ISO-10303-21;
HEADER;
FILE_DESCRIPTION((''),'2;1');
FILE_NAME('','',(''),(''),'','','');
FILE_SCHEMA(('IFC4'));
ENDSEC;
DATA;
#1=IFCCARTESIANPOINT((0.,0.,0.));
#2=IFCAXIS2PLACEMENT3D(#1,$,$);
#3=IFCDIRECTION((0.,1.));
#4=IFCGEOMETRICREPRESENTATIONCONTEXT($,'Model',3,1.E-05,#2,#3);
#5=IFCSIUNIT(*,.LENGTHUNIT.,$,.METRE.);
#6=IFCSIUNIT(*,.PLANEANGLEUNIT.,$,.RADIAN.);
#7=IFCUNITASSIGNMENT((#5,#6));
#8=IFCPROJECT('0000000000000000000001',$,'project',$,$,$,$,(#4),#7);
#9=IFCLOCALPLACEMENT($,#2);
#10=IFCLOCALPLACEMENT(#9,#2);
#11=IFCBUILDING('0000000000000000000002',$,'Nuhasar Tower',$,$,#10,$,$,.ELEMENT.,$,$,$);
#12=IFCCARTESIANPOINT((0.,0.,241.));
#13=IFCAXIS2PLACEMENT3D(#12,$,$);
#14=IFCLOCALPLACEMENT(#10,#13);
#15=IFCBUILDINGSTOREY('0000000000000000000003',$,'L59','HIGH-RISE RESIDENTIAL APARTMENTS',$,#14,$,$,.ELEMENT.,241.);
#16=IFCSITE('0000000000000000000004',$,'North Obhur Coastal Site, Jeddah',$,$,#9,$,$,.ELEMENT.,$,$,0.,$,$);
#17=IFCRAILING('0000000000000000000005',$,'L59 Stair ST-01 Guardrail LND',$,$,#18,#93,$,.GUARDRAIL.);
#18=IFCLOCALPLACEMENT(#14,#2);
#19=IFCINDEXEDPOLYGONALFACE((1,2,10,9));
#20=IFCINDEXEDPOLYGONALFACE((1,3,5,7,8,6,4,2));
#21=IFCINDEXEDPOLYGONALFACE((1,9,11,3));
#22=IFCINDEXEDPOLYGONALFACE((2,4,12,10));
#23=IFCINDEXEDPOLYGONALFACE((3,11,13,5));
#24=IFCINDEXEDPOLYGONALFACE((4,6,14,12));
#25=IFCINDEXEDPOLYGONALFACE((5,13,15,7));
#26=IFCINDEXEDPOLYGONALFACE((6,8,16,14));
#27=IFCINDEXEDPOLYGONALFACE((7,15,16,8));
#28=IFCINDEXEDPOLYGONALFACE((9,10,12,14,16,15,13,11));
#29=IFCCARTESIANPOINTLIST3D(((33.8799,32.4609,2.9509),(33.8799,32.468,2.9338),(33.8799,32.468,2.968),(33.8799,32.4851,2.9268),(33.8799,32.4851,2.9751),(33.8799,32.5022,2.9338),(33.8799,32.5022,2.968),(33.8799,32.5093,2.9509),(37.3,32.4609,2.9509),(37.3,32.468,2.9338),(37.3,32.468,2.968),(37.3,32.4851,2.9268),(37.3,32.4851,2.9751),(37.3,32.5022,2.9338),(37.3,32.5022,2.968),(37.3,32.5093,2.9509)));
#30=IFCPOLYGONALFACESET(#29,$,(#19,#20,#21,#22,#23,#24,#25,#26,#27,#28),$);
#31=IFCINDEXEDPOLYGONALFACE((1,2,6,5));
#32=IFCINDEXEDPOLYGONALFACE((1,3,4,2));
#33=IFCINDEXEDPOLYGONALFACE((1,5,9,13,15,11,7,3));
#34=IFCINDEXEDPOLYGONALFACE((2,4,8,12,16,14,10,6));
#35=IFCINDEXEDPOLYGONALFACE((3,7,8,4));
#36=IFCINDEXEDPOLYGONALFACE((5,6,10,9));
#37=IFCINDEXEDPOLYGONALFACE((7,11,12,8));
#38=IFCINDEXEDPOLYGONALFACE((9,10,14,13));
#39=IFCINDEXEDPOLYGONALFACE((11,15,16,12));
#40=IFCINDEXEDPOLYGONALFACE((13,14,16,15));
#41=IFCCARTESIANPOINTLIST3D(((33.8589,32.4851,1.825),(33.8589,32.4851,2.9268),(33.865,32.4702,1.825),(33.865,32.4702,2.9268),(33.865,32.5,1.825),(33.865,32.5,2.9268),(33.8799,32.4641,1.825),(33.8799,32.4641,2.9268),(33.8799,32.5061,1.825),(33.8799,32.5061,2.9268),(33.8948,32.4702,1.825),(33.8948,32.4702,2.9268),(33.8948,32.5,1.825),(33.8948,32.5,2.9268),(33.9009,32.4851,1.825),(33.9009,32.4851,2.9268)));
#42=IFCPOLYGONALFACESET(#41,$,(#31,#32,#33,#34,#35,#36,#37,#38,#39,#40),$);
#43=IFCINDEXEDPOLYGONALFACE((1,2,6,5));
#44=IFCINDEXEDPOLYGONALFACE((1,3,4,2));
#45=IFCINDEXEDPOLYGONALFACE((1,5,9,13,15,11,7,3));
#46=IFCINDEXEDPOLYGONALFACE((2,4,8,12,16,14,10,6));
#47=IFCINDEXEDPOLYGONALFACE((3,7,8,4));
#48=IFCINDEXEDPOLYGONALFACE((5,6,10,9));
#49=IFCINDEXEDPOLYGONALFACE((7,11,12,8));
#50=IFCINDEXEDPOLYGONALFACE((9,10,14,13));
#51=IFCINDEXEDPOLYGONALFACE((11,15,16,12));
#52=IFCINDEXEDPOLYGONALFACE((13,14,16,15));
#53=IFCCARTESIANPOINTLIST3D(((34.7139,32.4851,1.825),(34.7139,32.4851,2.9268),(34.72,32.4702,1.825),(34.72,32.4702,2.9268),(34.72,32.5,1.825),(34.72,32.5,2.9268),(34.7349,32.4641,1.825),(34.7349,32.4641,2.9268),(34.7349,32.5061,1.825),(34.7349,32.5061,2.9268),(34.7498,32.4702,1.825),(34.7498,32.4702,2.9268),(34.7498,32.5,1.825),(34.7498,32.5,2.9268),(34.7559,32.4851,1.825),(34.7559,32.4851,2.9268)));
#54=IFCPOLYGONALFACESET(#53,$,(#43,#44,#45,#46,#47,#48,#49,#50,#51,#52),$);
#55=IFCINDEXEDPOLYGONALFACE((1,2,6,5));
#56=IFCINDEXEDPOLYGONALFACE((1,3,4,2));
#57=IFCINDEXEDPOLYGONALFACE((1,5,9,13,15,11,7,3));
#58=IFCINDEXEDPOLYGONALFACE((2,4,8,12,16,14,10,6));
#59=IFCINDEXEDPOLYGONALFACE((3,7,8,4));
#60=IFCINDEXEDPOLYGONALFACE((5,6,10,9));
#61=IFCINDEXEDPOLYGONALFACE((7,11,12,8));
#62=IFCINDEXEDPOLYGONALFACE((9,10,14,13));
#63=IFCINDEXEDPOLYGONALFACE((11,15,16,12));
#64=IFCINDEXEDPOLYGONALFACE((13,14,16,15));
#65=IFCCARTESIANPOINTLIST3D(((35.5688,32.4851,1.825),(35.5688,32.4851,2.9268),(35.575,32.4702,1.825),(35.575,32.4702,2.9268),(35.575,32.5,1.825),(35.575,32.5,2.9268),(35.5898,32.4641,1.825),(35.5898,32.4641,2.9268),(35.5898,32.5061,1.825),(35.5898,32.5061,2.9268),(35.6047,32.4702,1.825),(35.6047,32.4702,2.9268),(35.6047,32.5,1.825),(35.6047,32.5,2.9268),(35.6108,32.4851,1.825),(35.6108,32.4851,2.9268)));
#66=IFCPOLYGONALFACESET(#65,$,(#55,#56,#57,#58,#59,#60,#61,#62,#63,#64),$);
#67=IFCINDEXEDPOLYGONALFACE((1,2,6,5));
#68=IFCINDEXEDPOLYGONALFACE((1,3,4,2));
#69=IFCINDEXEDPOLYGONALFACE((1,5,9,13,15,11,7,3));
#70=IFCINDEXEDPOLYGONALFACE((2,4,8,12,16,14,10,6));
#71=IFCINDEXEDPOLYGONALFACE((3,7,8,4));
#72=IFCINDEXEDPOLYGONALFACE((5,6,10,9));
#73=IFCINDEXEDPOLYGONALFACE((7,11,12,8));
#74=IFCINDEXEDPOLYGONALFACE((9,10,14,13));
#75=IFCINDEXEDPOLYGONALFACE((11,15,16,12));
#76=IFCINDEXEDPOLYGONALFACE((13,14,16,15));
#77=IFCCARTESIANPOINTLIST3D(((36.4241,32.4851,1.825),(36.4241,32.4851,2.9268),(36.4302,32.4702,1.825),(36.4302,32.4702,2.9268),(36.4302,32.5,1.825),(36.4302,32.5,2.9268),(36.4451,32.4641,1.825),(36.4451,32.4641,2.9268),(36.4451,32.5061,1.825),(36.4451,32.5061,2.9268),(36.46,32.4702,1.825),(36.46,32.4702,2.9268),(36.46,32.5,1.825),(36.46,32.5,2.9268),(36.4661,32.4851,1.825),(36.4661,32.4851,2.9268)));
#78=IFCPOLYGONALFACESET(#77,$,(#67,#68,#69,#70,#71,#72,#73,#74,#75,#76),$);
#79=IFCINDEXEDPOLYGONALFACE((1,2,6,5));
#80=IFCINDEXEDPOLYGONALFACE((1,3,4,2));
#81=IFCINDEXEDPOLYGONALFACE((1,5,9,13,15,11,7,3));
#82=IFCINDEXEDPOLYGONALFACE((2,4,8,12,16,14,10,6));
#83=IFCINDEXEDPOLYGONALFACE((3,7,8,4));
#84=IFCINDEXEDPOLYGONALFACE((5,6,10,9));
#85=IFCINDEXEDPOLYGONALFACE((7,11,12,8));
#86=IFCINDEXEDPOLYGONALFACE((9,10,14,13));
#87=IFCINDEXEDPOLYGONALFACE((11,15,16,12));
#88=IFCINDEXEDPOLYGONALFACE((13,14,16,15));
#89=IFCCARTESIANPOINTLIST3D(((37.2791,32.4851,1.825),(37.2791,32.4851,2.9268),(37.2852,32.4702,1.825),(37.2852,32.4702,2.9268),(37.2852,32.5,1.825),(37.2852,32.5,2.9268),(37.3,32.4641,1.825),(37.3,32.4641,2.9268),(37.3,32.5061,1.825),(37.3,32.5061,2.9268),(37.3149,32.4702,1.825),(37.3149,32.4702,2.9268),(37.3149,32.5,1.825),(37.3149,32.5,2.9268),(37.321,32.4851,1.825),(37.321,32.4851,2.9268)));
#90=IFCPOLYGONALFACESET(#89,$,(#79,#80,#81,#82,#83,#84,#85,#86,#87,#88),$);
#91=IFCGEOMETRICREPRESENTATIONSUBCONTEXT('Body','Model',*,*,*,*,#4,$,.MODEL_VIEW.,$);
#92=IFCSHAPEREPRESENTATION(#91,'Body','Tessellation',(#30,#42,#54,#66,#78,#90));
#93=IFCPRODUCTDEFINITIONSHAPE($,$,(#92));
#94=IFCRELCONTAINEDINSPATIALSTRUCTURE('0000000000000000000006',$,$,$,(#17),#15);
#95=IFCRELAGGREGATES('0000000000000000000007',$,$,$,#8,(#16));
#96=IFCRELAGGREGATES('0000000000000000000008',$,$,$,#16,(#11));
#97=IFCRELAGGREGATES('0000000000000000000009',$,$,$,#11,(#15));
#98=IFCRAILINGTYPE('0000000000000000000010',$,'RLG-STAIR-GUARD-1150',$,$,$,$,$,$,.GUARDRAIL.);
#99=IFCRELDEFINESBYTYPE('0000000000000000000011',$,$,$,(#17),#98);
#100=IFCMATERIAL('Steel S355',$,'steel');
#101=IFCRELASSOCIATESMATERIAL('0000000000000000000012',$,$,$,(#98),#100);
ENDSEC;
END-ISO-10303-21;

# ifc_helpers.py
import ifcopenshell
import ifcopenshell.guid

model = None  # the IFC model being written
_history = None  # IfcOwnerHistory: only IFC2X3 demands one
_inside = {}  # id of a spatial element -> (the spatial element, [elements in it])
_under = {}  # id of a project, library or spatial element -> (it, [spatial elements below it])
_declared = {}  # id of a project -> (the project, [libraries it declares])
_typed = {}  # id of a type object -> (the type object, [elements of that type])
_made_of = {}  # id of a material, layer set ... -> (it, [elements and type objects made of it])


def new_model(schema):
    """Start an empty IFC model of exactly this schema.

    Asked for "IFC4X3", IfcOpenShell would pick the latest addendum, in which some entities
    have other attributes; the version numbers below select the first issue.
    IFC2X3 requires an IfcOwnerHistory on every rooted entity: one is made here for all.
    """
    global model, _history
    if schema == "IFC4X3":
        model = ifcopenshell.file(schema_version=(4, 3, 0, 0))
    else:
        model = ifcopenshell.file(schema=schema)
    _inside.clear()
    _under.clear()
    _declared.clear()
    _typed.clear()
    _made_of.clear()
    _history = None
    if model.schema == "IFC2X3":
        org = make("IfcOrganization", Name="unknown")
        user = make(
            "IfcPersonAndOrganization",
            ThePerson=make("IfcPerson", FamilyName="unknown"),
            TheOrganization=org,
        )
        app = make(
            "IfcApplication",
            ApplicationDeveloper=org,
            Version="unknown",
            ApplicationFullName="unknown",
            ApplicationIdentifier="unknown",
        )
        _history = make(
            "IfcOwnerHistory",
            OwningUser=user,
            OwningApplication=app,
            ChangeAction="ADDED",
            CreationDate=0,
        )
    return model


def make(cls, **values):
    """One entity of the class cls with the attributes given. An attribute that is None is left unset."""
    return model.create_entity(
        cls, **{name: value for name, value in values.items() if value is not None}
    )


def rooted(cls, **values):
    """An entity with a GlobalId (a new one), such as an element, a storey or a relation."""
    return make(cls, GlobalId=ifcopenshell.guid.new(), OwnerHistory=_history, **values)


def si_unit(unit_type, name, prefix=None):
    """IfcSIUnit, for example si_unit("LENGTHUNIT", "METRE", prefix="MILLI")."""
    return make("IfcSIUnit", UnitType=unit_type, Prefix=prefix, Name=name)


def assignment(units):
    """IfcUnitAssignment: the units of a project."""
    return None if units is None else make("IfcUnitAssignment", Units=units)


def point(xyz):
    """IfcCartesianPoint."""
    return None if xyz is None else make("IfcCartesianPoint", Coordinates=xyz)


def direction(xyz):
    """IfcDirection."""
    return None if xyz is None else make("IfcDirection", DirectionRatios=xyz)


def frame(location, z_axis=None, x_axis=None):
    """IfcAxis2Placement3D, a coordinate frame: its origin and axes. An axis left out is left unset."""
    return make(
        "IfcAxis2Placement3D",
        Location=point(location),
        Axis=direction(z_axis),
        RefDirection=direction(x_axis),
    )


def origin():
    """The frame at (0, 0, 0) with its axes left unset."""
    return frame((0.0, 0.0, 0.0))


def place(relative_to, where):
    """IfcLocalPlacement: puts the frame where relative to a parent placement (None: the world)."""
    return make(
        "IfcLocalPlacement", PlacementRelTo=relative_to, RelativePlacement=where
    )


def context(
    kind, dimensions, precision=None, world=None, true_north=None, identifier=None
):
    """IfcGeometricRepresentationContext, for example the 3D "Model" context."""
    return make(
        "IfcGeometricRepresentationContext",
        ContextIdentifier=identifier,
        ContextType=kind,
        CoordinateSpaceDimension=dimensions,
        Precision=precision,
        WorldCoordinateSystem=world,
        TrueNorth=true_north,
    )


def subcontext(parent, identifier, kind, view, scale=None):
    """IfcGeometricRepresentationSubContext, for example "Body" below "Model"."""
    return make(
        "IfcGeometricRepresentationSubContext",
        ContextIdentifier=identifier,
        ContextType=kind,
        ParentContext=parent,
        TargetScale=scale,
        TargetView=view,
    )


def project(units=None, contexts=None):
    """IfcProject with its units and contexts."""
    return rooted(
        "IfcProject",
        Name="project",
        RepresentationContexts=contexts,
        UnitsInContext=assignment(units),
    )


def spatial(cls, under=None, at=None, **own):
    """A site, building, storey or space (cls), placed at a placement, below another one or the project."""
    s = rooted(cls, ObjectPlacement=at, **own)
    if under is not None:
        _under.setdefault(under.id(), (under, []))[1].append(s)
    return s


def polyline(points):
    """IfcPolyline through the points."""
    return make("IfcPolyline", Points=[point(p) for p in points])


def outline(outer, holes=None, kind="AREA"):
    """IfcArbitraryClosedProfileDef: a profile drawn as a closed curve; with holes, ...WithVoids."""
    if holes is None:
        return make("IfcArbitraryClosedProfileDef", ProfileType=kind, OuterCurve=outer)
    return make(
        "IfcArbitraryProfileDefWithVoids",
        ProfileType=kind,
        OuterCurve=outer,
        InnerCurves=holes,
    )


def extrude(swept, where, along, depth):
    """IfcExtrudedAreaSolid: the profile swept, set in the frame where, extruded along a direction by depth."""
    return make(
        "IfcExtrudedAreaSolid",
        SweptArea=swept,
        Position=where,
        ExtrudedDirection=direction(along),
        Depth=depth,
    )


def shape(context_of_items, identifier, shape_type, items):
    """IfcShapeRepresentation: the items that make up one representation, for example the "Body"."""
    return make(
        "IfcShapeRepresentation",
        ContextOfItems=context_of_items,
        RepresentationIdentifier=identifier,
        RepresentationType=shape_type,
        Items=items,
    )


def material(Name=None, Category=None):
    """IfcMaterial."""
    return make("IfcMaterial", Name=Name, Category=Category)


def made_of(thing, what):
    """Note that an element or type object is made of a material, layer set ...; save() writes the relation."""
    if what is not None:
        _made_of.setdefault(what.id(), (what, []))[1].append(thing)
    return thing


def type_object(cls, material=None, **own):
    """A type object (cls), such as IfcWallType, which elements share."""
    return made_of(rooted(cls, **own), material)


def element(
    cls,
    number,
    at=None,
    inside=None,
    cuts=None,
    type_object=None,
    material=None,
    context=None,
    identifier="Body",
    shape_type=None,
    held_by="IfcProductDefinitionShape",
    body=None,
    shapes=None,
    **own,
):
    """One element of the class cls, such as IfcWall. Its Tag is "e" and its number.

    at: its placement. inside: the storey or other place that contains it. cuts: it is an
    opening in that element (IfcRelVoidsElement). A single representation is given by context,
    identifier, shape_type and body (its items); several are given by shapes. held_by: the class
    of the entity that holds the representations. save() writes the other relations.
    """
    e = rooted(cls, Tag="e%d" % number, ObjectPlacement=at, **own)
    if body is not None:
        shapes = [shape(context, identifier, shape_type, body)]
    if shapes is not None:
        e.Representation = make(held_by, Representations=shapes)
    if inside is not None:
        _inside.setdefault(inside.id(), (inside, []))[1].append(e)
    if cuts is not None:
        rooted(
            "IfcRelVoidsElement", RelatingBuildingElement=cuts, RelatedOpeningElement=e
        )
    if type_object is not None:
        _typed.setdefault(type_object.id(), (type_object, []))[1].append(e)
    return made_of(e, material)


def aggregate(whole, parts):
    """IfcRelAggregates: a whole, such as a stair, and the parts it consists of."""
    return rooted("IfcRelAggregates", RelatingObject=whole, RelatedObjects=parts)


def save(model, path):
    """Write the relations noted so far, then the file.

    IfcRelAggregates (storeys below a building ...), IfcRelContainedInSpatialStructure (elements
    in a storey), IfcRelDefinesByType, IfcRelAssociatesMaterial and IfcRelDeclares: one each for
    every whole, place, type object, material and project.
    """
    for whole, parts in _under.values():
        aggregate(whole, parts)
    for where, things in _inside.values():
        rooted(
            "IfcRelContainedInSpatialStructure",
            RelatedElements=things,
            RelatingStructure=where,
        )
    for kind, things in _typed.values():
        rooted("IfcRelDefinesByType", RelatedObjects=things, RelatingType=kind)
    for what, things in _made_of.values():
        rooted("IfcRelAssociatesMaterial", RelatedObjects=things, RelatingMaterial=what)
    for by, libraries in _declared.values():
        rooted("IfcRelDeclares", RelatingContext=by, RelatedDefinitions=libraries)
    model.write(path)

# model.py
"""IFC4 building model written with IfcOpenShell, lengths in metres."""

from ifc_helpers import new_model, si_unit, direction, frame, origin, place, context, subcontext, project, spatial, polyline, outline, extrude, material, type_object, element, save


model = new_model("IFC4")

# Units and contexts
model_context = context("Model", 3, precision=1e-05, world=origin(), true_north=direction((0.0, 1.0)))
body_context = subcontext(model_context, "Body", "Model", "MODEL_VIEW")
ifc_project = project(units=[si_unit("LENGTHUNIT", "METRE"), si_unit("PLANEANGLEUNIT", "RADIAN")], contexts=[model_context])

# Site, building, storey
site_placement = place(None, origin())
site = spatial("IfcSite", under=ifc_project, at=site_placement, Name="North Obhur Coastal Site, Jeddah", CompositionType="ELEMENT", RefElevation=0.0)
building_placement = place(site_placement, origin())
building = spatial("IfcBuilding", under=site, at=building_placement, Name="Nuhasar Tower", CompositionType="ELEMENT")
storey_placement = place(building_placement, frame((0.0, 0.0, 241.0)))
storey = spatial("IfcBuildingStorey", under=building, at=storey_placement, Name="L59", Description="HIGH-RISE RESIDENTIAL APARTMENTS", CompositionType="ELEMENT", Elevation=241.0)

# Shared definitions
ifc_material_1 = material(Name="Steel S355", Category="steel")

# Railing
railing_type_1 = type_object("IfcRailingType", Name="RLG-STAIR-GUARD-1150", PredefinedType="GUARDRAIL", material=ifc_material_1)
railing_1_placement = place(storey_placement, frame((33.8799, 32.4851, 1.825)))
element("IfcRailing", 1, at=railing_1_placement, inside=storey, type_object=railing_type_1, Name="L59 Stair ST-01 Guardrail LND", PredefinedType="GUARDRAIL", context=body_context, shape_type="SweptSolid", body=[
    extrude(outline(polyline([(0.0242, 0.0), (0.0171, 0.0171), (0.0, 0.0242), (-0.0171, 0.0171), (-0.0242, 0.0), (-0.0171, -0.0171), (0.0, -0.0242), (0.0171, -0.0171), (0.0242, 0.0)])), frame((0.0, 0.0, 1.126), z_axis=(1.0, 0.0, 0.0), x_axis=(0.0, 1.0, 0.0)), (0.0, 0.0, 1.0), 3.4202),
    extrude(outline(polyline([(0.021, 0.0), (0.0149, 0.0149), (0.0, 0.021), (-0.0149, 0.0149), (-0.021, 0.0), (-0.0149, -0.0149), (0.0, -0.021), (0.0149, -0.0149), (0.021, 0.0)])), origin(), (0.0, 0.0, 1.0), 1.1018),
    extrude(outline(polyline([(0.021, 0.0), (0.0149, 0.0149), (0.0, 0.021), (-0.0149, 0.0149), (-0.021, 0.0), (-0.0149, -0.0149), (0.0, -0.021), (0.0149, -0.0149), (0.021, 0.0)])), frame((0.855, 0.0, 0.0)), (0.0, 0.0, 1.0), 1.1018),
    extrude(outline(polyline([(0.021, 0.0), (0.0149, 0.0149), (0.0, 0.021), (-0.0149, 0.0149), (-0.021, 0.0), (-0.0149, -0.0149), (0.0, -0.021), (0.0149, -0.0149), (0.021, 0.0)])), frame((1.71, 0.0, 0.0)), (0.0, 0.0, 1.0), 1.1018),
    extrude(outline(polyline([(0.021, 0.0), (0.0149, 0.0149), (0.0, 0.021), (-0.0149, 0.0149), (-0.021, 0.0), (-0.0149, -0.0149), (0.0, -0.021), (0.0149, -0.0149), (0.021, 0.0)])), frame((2.5652, 0.0, 0.0)), (0.0, 0.0, 1.0), 1.1018),
    extrude(outline(polyline([(0.021, 0.0), (0.0149, 0.0149), (0.0, 0.021), (-0.0149, 0.0149), (-0.021, 0.0), (-0.0149, -0.0149), (0.0, -0.021), (0.0149, -0.0149), (0.021, 0.0)])), frame((3.4202, 0.0, 0.0)), (0.0, 0.0, 1.0), 1.1018),
])

save(model, "model.ifc")
